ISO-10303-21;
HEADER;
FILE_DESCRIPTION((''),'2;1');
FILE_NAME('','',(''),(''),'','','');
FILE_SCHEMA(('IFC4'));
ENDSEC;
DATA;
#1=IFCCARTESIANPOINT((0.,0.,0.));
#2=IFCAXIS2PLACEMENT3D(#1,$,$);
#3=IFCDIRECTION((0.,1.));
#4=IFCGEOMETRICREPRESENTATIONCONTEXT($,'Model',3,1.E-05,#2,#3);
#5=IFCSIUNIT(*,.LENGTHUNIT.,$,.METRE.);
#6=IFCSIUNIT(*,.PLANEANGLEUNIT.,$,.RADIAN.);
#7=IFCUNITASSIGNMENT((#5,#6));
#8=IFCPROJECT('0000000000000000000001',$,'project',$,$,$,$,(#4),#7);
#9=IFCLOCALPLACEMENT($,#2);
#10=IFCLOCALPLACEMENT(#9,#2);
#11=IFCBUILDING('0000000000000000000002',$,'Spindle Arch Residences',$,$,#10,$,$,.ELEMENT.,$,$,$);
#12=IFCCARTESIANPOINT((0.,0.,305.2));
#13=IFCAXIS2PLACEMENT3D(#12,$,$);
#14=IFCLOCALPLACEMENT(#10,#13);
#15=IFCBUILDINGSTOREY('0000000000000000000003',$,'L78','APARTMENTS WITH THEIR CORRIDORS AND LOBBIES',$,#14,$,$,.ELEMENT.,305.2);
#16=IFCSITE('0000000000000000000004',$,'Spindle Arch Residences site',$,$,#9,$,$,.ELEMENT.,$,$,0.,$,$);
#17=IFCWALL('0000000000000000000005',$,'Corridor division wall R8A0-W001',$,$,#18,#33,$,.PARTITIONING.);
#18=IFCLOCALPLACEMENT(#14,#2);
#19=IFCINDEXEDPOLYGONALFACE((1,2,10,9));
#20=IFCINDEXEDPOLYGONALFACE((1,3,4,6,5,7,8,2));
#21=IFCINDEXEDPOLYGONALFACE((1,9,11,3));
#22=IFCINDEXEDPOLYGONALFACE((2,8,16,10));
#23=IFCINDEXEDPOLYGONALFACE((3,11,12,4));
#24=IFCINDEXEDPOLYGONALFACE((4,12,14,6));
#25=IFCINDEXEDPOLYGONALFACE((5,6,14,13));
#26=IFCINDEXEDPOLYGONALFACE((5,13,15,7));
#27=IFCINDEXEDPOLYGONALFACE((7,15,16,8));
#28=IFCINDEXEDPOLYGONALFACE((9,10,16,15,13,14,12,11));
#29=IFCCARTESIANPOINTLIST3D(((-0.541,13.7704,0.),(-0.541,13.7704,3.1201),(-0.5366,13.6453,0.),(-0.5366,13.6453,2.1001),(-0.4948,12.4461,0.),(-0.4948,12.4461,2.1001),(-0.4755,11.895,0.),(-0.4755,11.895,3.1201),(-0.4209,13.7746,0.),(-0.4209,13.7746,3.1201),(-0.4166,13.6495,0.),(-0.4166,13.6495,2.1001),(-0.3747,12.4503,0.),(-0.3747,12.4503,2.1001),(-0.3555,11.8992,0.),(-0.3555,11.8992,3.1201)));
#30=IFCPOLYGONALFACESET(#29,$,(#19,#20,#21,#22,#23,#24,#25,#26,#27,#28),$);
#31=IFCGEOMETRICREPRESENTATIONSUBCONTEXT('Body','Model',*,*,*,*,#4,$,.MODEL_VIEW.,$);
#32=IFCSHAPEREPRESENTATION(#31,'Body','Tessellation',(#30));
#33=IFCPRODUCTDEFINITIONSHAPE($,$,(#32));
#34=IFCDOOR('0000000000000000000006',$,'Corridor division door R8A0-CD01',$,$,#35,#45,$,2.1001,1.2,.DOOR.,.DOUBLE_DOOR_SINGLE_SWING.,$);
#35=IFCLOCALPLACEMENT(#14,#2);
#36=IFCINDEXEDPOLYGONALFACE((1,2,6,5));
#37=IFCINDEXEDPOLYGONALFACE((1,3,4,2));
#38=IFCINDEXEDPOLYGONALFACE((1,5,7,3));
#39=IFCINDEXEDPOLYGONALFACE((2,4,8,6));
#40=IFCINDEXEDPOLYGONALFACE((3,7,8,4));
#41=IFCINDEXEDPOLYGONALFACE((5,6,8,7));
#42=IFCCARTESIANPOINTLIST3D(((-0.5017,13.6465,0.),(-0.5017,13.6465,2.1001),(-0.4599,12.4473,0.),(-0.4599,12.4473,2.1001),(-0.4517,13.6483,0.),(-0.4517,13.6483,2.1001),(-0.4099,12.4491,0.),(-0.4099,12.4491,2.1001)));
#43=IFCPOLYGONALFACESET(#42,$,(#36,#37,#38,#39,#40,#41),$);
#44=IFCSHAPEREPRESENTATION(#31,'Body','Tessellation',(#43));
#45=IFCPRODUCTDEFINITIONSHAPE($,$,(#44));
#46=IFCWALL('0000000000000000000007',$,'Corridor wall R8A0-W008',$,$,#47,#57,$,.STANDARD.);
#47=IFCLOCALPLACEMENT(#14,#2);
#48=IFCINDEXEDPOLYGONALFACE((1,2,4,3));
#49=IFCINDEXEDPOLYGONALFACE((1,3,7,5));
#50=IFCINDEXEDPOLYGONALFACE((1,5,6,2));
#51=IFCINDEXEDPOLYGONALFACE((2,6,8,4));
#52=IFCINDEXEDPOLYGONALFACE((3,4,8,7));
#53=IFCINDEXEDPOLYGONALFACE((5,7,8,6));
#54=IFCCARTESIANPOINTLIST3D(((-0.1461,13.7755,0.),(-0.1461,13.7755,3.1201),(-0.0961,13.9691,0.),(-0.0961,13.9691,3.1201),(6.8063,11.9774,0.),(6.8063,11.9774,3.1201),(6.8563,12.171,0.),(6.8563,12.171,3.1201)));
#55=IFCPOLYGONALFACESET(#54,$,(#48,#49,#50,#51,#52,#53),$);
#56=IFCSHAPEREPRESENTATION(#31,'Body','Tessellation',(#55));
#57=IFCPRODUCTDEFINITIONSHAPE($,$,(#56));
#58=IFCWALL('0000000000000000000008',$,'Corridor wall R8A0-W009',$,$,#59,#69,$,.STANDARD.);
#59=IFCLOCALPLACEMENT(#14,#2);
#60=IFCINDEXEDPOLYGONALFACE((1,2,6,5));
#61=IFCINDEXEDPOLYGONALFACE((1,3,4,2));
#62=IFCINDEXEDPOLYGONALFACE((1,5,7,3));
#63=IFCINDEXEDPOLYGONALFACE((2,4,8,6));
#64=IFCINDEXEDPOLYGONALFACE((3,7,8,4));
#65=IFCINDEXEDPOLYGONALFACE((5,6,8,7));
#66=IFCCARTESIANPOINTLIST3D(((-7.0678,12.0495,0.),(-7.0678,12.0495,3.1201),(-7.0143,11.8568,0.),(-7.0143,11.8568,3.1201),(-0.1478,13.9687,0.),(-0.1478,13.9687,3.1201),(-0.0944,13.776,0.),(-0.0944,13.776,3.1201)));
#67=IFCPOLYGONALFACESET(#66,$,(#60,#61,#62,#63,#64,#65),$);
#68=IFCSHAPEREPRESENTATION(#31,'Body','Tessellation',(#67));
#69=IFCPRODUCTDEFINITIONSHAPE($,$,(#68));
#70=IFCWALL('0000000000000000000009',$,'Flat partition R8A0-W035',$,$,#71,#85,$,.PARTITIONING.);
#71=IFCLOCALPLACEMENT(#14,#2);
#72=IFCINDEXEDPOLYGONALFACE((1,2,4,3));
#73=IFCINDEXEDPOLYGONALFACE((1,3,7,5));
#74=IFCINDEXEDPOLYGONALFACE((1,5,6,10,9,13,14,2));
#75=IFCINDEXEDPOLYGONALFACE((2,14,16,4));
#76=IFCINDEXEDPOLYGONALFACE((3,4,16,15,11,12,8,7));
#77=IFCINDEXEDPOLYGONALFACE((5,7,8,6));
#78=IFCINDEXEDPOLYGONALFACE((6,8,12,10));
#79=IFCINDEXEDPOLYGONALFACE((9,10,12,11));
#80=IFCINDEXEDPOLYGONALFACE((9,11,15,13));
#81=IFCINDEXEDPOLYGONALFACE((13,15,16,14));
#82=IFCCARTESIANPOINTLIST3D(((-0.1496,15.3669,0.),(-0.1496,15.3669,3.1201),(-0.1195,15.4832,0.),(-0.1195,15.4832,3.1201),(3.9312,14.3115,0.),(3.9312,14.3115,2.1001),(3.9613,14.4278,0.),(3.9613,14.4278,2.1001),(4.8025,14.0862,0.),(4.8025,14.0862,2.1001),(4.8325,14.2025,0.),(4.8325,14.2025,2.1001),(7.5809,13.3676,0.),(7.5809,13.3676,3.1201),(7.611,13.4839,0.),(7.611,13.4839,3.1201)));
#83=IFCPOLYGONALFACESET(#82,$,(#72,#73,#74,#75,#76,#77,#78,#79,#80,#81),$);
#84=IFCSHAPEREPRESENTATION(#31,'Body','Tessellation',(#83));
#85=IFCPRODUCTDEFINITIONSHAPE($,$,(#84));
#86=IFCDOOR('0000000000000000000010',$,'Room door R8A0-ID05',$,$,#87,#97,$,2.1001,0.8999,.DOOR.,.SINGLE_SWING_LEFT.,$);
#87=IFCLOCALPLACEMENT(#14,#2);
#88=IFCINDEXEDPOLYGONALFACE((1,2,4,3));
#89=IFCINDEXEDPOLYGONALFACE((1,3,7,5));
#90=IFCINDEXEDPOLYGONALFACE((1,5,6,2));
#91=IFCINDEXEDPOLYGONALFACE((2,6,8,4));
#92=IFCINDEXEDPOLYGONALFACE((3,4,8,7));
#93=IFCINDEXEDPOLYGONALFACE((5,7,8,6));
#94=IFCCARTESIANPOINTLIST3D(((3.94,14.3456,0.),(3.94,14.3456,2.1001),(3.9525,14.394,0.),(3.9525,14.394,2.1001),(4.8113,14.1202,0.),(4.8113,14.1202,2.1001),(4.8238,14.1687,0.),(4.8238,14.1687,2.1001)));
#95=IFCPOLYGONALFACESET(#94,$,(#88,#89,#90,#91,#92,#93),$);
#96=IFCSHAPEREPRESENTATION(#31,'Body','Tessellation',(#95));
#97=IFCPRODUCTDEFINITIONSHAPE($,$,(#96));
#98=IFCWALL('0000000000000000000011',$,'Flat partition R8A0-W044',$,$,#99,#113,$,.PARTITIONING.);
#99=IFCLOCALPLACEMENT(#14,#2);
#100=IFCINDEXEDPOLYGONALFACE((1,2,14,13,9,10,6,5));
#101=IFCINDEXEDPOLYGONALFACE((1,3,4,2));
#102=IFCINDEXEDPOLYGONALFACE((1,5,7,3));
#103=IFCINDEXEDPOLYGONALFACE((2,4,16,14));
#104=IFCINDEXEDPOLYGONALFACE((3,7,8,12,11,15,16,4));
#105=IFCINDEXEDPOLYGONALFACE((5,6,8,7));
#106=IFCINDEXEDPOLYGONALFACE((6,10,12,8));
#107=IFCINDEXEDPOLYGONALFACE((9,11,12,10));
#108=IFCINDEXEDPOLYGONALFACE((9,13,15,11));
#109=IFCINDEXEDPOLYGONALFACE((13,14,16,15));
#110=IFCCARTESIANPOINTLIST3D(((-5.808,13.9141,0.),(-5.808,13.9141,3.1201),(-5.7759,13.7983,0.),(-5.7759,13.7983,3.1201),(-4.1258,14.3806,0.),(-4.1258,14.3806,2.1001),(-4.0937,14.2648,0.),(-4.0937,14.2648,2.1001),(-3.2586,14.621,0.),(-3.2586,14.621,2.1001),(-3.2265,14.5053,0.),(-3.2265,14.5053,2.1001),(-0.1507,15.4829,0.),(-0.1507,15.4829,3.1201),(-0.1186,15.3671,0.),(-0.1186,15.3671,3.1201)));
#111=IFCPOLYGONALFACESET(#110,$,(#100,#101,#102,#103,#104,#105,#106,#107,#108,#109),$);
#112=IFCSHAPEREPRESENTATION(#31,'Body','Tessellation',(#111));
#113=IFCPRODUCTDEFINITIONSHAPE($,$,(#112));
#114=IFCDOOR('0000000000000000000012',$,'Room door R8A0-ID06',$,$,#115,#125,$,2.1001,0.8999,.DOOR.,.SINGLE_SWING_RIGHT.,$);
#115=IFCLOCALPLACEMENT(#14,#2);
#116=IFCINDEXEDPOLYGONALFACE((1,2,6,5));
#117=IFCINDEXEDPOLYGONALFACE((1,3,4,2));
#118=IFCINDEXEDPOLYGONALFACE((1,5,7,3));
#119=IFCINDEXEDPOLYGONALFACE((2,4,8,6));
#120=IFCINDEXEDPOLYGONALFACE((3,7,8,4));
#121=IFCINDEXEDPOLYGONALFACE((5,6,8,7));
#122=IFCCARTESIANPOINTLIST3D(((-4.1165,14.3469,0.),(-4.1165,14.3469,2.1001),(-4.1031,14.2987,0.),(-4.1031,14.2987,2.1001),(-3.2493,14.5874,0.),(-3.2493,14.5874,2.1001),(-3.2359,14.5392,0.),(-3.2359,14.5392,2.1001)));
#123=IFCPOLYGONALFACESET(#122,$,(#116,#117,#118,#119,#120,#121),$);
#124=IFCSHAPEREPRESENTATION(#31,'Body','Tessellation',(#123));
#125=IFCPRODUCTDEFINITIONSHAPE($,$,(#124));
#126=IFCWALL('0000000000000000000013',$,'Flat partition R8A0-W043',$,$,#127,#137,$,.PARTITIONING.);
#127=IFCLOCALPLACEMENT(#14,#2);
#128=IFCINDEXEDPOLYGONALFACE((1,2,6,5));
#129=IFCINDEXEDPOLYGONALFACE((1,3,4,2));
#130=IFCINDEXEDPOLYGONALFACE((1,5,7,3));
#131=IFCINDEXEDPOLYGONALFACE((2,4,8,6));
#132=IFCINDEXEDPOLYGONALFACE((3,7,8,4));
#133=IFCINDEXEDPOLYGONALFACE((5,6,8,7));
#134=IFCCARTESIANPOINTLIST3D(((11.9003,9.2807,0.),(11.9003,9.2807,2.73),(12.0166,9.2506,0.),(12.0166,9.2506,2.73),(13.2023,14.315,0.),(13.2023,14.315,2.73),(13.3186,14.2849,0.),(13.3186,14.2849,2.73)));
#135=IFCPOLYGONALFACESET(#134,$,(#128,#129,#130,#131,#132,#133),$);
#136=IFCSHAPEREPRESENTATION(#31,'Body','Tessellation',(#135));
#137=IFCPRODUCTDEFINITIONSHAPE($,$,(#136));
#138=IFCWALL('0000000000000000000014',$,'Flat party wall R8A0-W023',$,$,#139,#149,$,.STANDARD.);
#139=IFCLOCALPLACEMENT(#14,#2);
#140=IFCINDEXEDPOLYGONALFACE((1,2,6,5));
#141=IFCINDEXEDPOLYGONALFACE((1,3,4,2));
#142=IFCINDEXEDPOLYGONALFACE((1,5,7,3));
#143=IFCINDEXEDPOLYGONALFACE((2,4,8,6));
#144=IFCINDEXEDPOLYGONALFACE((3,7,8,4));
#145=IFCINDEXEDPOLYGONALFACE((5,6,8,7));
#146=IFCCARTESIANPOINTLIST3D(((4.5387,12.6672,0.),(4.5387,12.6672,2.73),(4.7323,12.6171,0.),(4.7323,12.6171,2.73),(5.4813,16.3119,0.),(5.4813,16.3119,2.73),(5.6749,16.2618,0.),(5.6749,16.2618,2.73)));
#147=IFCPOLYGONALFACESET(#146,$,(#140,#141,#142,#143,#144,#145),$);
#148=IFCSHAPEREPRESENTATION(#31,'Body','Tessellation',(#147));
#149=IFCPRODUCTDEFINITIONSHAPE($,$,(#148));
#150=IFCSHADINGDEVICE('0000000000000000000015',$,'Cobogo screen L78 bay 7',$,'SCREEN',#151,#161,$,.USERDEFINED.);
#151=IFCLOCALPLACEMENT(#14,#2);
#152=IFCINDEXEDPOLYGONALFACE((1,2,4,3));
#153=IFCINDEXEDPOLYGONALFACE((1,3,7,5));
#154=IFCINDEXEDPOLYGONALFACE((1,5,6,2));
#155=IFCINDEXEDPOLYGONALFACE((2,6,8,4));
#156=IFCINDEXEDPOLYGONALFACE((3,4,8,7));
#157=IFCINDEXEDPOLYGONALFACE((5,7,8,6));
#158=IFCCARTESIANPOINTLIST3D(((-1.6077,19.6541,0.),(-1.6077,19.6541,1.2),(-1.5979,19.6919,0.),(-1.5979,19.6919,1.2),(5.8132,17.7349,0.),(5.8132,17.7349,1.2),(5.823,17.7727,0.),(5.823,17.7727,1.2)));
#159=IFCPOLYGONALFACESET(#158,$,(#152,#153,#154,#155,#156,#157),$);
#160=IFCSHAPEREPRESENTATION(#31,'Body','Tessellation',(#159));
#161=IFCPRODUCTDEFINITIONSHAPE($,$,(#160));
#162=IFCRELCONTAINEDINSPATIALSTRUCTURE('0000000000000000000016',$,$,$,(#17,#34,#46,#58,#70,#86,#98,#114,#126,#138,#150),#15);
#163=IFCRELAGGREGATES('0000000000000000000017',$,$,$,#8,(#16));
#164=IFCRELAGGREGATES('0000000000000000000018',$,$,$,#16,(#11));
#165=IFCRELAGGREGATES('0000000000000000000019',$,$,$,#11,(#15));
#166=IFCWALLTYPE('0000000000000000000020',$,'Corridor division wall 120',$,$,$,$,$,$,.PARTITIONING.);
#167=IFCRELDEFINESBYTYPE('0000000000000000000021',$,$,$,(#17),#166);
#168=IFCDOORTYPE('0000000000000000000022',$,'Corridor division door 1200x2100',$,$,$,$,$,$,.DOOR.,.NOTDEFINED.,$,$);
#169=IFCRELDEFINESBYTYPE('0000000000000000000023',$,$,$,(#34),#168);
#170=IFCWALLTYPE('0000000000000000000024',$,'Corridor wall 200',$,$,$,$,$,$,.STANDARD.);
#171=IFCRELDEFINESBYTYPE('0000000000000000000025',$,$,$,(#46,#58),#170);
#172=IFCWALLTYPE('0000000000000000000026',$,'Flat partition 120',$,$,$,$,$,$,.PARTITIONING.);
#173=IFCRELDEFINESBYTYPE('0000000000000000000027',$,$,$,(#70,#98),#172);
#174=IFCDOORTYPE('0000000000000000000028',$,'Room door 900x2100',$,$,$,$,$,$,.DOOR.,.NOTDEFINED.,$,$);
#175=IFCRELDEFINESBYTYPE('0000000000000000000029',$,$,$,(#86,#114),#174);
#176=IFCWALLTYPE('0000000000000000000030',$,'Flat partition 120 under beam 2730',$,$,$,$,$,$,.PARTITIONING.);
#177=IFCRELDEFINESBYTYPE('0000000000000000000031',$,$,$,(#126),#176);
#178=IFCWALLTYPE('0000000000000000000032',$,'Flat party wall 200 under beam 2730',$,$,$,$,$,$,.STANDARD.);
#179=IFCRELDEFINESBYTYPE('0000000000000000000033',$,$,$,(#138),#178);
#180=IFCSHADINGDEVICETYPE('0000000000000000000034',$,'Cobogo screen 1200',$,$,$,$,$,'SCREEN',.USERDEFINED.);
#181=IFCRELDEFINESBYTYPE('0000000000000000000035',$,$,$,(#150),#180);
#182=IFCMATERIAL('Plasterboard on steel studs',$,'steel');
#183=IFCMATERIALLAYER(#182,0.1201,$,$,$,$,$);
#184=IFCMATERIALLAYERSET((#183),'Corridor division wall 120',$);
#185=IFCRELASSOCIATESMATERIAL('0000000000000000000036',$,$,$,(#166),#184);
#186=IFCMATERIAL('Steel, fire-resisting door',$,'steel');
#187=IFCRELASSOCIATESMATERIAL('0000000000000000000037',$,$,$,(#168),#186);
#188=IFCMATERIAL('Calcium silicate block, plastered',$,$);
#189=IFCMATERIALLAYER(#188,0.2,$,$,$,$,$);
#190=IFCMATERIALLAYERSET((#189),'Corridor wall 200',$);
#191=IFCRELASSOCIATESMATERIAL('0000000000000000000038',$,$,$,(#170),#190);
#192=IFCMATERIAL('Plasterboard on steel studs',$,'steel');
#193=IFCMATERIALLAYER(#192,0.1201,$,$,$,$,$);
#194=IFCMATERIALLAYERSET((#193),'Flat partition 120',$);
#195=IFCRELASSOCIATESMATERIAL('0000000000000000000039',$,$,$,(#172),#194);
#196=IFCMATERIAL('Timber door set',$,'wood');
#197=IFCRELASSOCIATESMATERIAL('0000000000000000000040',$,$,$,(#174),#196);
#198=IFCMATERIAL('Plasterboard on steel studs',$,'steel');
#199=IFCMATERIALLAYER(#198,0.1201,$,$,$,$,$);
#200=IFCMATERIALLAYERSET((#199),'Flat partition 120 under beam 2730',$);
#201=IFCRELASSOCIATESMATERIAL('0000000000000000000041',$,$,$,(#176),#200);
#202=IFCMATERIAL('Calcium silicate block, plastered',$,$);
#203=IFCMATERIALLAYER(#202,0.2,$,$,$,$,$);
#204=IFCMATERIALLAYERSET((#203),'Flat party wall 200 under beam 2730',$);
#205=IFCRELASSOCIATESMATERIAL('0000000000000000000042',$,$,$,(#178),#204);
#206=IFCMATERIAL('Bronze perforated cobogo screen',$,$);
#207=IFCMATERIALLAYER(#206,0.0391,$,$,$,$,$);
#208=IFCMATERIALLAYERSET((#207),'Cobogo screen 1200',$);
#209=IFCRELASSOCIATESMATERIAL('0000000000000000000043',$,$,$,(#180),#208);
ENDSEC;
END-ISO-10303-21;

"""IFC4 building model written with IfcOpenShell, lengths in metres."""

from ifc_helpers import new_model, si_unit, direction, frame, frame_2d, origin, origin_2d, place, context, subcontext, project, spatial, rectangle, extrude, material, layer, layer_set, type_object, element, fill, save


model = new_model("IFC4")

# Units and contexts
model_context = context("Model", 3, precision=1e-05, world=origin(), true_north=direction((0.0, 1.0)))
body_context = subcontext(model_context, "Body", "Model", "MODEL_VIEW")
ifc_project = project(units=[si_unit("LENGTHUNIT", "METRE"), si_unit("PLANEANGLEUNIT", "RADIAN")], contexts=[model_context])

# Site, building, storey
site_placement = place(None, origin())
site = spatial("IfcSite", under=ifc_project, at=site_placement, Name="Spindle Arch Residences site", CompositionType="ELEMENT", RefElevation=0.0)
building_placement = place(site_placement, origin())
building = spatial("IfcBuilding", under=site, at=building_placement, Name="Spindle Arch Residences", CompositionType="ELEMENT")
storey_placement = place(building_placement, frame((0.0, 0.0, 305.2)))
storey = spatial("IfcBuildingStorey", under=building, at=storey_placement, Name="L78", Description="APARTMENTS WITH THEIR CORRIDORS AND LOBBIES", CompositionType="ELEMENT", Elevation=305.2)

# Wall, opening, door
ifc_material_1 = material(Name="Plasterboard on steel studs", Category="steel")
ifc_layer_1 = layer(ifc_material_1, 0.1201)
ifc_layer_set_1 = layer_set([ifc_layer_1], Name="Corridor division wall 120")
wall_type_1 = type_object("IfcWallType", Name="Corridor division wall 120", PredefinedType="PARTITIONING", material=ifc_layer_set_1)
wall_1_placement = place(storey_placement, frame((-0.481, 13.7725, 0.0), z_axis=(0.0, 0.0, 1.0), x_axis=(0.03487, -0.999392, 0.0)))
wall_1 = element("IfcWall", 1, at=wall_1_placement, inside=storey, type_object=wall_type_1, Name="Corridor division wall R8A0-W001", PredefinedType="PARTITIONING", context=body_context, shape_type="SweptSolid", body=[
    extrude(rectangle(XDim=1.8765, YDim=0.1201, at=frame_2d((0.9382, 0.0))), origin(), (0.0, 0.0, 1.0), 3.1201),
])
opening_1_placement = place(wall_1_placement, frame((0.125, 0.0, 0.0)))
opening_1 = element("IfcOpeningElement", 2, at=opening_1_placement, cuts=wall_1, PredefinedType="OPENING", context=body_context, shape_type="SweptSolid", body=[
    extrude(rectangle(XDim=1.2, YDim=2.1001, at=frame_2d((0.6001, 1.05))), frame((0.0, 0.0701, 0.0), z_axis=(0.0, -1.0, 0.0), x_axis=(1.0, 0.0, 0.0)), (0.0, 0.0, 1.0), 0.1401),
])
ifc_material_2 = material(Name="Steel, fire-resisting door", Category="steel")
door_type_1 = type_object("IfcDoorType", Name="Corridor division door 1200x2100", OperationType="NOTDEFINED", PredefinedType="DOOR", material=ifc_material_2)
door_1_placement = place(opening_1_placement, origin())
door_1 = element("IfcDoor", 3, at=door_1_placement, inside=storey, type_object=door_type_1, Name="Corridor division door R8A0-CD01", OperationType="DOUBLE_DOOR_SINGLE_SWING", OverallHeight=2.1001, OverallWidth=1.2, PredefinedType="DOOR", context=body_context, shape_type="SweptSolid", body=[
    extrude(rectangle(XDim=1.2, YDim=2.1001, at=frame_2d((0.6001, 1.05))), frame((0.0, 0.0249, 0.0), z_axis=(0.0, -1.0, 0.0), x_axis=(1.0, 0.0, 0.0)), (0.0, 0.0, 1.0), 0.05),
])
fill(opening_1, door_1)

# Walls
ifc_material_3 = material(Name="Calcium silicate block, plastered")
ifc_layer_2 = layer(ifc_material_3, 0.2)
ifc_layer_set_2 = layer_set([ifc_layer_2], Name="Corridor wall 200")
wall_type_2 = type_object("IfcWallType", Name="Corridor wall 200", PredefinedType="STANDARD", material=ifc_layer_set_2)
for number, where, z_axis, x_axis, name in (
    (4, (6.8313, 12.0742, 0.0), (0.0, 0.0, 1.0), (-0.968145, 0.250391, 0.0), "Corridor wall R8A0-W008"),
    (5, (-0.1211, 13.8723, 0.0), (0.0, 0.0, 1.0), (-0.963626, -0.267255, 0.0), "Corridor wall R8A0-W009"),
):
    element("IfcWall", number, at=place(storey_placement, frame(where, z_axis=z_axis, x_axis=x_axis)), inside=storey, type_object=wall_type_2, Name=name, PredefinedType="STANDARD", context=body_context, shape_type="SweptSolid", body=[
        extrude(rectangle(XDim=7.1812, YDim=0.2, at=frame_2d((3.5906, 0.0))), origin(), (0.0, 0.0, 1.0), 3.1201),
    ])

# Walls, openings, doors
ifc_material_4 = material(Name="Plasterboard on steel studs", Category="steel")
ifc_layer_3 = layer(ifc_material_4, 0.1201)
ifc_layer_set_3 = layer_set([ifc_layer_3], Name="Flat partition 120")
wall_type_3 = type_object("IfcWallType", Name="Flat partition 120", PredefinedType="PARTITIONING", material=ifc_layer_set_3)
wall_2_placement = place(storey_placement, frame((7.5959, 13.4258, 0.0), z_axis=(0.0, 0.0, 1.0), x_axis=(-0.968147, 0.250384, 0.0)))
wall_2 = element("IfcWall", 6, at=wall_2_placement, inside=storey, type_object=wall_type_3, Name="Flat partition R8A0-W035", PredefinedType="PARTITIONING", context=body_context, shape_type="SweptSolid", body=[
    extrude(rectangle(XDim=7.9849, YDim=0.1201, at=frame_2d((3.9924, 0.0))), origin(), (0.0, 0.0, 1.0), 3.1201),
])
opening_2_placement = place(wall_2_placement, frame((2.8699, 0.0, 0.0)))
opening_2 = element("IfcOpeningElement", 7, at=opening_2_placement, cuts=wall_2, PredefinedType="OPENING", context=body_context, shape_type="SweptSolid", body=[
    extrude(rectangle(XDim=0.8999, YDim=2.1001, at=frame_2d((0.45, 1.05))), frame((0.0, 0.0701, 0.0), z_axis=(0.0, -1.0, 0.0), x_axis=(1.0, 0.0, 0.0)), (0.0, 0.0, 1.0), 0.1401),
])
ifc_material_5 = material(Name="Timber door set", Category="wood")
door_type_2 = type_object("IfcDoorType", Name="Room door 900x2100", OperationType="NOTDEFINED", PredefinedType="DOOR", material=ifc_material_5)
door_2_placement = place(opening_2_placement, origin())
door_2 = element("IfcDoor", 8, at=door_2_placement, inside=storey, type_object=door_type_2, Name="Room door R8A0-ID05", OperationType="SINGLE_SWING_LEFT", OverallHeight=2.1001, OverallWidth=0.8999, PredefinedType="DOOR", context=body_context, shape_type="SweptSolid", body=[
    extrude(rectangle(XDim=0.8999, YDim=2.1001, at=frame_2d((0.45, 1.05))), frame((0.0, 0.0249, 0.0), z_axis=(0.0, -1.0, 0.0), x_axis=(1.0, 0.0, 0.0)), (0.0, 0.0, 1.0), 0.05),
])
fill(opening_2, door_2)
wall_3_placement = place(storey_placement, frame((-0.1345, 15.425, 0.0), z_axis=(0.0, 0.0, 1.0), x_axis=(-0.963635, -0.267221, 0.0)))
wall_3 = element("IfcWall", 9, at=wall_3_placement, inside=storey, type_object=wall_type_3, Name="Flat partition R8A0-W044", PredefinedType="PARTITIONING", context=body_context, shape_type="SweptSolid", body=[
    extrude(rectangle(XDim=5.8708, YDim=0.1201, at=frame_2d((2.9355, 0.0))), origin(), (0.0, 0.0, 1.0), 3.1201),
])
opening_3_placement = place(wall_3_placement, frame((3.2253, 0.0, 0.0)))
opening_3 = element("IfcOpeningElement", 10, at=opening_3_placement, cuts=wall_3, PredefinedType="OPENING", context=body_context, shape_type="SweptSolid", body=[
    extrude(rectangle(XDim=0.8999, YDim=2.1001, at=frame_2d((0.45, 1.05))), frame((0.0, 0.0701, 0.0), z_axis=(0.0, -1.0, 0.0), x_axis=(1.0, 0.0, 0.0)), (0.0, 0.0, 1.0), 0.1401),
])
door_3_placement = place(opening_3_placement, origin())
door_3 = element("IfcDoor", 11, at=door_3_placement, inside=storey, type_object=door_type_2, Name="Room door R8A0-ID06", OperationType="SINGLE_SWING_RIGHT", OverallHeight=2.1001, OverallWidth=0.8999, PredefinedType="DOOR", context=body_context, shape_type="SweptSolid", body=[
    extrude(rectangle(XDim=0.8999, YDim=2.1001, at=frame_2d((0.45, 1.05))), frame((0.0, 0.0249, 0.0), z_axis=(0.0, -1.0, 0.0), x_axis=(1.0, 0.0, 0.0)), (0.0, 0.0, 1.0), 0.05),
])
fill(opening_3, door_3)

# Walls
ifc_material_6 = material(Name="Plasterboard on steel studs", Category="steel")
ifc_layer_4 = layer(ifc_material_6, 0.1201)
ifc_layer_set_4 = layer_set([ifc_layer_4], Name="Flat partition 120 under beam 2730")
wall_type_4 = type_object("IfcWallType", Name="Flat partition 120 under beam 2730", PredefinedType="PARTITIONING", material=ifc_layer_set_4)
wall_4_placement = place(storey_placement, frame((13.2605, 14.3, 0.0), z_axis=(0.0, 0.0, 1.0), x_axis=(-0.250382, -0.968147, 0.0)))
element("IfcWall", 12, at=wall_4_placement, inside=storey, type_object=wall_type_4, Name="Flat partition R8A0-W043", PredefinedType="PARTITIONING", context=body_context, shape_type="SweptSolid", body=[
    extrude(rectangle(XDim=5.2, YDim=0.1201, at=frame_2d((2.6001, 0.0))), origin(), (0.0, 0.0, 1.0), 2.73),
])
ifc_material_7 = material(Name="Calcium silicate block, plastered")
ifc_layer_5 = layer(ifc_material_7, 0.2)
ifc_layer_set_5 = layer_set([ifc_layer_5], Name="Flat party wall 200 under beam 2730")
wall_type_5 = type_object("IfcWallType", Name="Flat party wall 200 under beam 2730", PredefinedType="STANDARD", material=ifc_layer_set_5)
wall_5_placement = place(storey_placement, frame((5.5781, 16.2869, 0.0), z_axis=(0.0, 0.0, 1.0), x_axis=(-0.250386, -0.968146, 0.0)))
element("IfcWall", 13, at=wall_5_placement, inside=storey, type_object=wall_type_5, Name="Flat party wall R8A0-W023", PredefinedType="STANDARD", context=body_context, shape_type="SweptSolid", body=[
    extrude(rectangle(XDim=3.7646, YDim=0.2, at=frame_2d((1.8823, 0.0))), origin(), (0.0, 0.0, 1.0), 2.73),
])

# Shading device
ifc_material_8 = material(Name="Bronze perforated cobogo screen")
ifc_layer_6 = layer(ifc_material_8, 0.0391)
ifc_layer_set_6 = layer_set([ifc_layer_6], Name="Cobogo screen 1200")
shading_device_type = type_object("IfcShadingDeviceType", Name="Cobogo screen 1200", ElementType="SCREEN", PredefinedType="USERDEFINED", material=ifc_layer_set_6)
shading_device_placement = place(storey_placement, frame((2.1077, 18.7134, 0.0), z_axis=(0.0, 0.0, 1.0), x_axis=(-0.968148, 0.25038, 0.0)))
element("IfcShadingDevice", 14, at=shading_device_placement, inside=storey, type_object=shading_device_type, Name="Cobogo screen L78 bay 7", ObjectType="SCREEN", PredefinedType="USERDEFINED", context=body_context, shape_type="SweptSolid", body=[
    extrude(rectangle(XDim=7.665, YDim=0.0391, at=origin_2d()), origin(), (0.0, 0.0, 1.0), 1.2),
])

save(model, "model.ifc")
